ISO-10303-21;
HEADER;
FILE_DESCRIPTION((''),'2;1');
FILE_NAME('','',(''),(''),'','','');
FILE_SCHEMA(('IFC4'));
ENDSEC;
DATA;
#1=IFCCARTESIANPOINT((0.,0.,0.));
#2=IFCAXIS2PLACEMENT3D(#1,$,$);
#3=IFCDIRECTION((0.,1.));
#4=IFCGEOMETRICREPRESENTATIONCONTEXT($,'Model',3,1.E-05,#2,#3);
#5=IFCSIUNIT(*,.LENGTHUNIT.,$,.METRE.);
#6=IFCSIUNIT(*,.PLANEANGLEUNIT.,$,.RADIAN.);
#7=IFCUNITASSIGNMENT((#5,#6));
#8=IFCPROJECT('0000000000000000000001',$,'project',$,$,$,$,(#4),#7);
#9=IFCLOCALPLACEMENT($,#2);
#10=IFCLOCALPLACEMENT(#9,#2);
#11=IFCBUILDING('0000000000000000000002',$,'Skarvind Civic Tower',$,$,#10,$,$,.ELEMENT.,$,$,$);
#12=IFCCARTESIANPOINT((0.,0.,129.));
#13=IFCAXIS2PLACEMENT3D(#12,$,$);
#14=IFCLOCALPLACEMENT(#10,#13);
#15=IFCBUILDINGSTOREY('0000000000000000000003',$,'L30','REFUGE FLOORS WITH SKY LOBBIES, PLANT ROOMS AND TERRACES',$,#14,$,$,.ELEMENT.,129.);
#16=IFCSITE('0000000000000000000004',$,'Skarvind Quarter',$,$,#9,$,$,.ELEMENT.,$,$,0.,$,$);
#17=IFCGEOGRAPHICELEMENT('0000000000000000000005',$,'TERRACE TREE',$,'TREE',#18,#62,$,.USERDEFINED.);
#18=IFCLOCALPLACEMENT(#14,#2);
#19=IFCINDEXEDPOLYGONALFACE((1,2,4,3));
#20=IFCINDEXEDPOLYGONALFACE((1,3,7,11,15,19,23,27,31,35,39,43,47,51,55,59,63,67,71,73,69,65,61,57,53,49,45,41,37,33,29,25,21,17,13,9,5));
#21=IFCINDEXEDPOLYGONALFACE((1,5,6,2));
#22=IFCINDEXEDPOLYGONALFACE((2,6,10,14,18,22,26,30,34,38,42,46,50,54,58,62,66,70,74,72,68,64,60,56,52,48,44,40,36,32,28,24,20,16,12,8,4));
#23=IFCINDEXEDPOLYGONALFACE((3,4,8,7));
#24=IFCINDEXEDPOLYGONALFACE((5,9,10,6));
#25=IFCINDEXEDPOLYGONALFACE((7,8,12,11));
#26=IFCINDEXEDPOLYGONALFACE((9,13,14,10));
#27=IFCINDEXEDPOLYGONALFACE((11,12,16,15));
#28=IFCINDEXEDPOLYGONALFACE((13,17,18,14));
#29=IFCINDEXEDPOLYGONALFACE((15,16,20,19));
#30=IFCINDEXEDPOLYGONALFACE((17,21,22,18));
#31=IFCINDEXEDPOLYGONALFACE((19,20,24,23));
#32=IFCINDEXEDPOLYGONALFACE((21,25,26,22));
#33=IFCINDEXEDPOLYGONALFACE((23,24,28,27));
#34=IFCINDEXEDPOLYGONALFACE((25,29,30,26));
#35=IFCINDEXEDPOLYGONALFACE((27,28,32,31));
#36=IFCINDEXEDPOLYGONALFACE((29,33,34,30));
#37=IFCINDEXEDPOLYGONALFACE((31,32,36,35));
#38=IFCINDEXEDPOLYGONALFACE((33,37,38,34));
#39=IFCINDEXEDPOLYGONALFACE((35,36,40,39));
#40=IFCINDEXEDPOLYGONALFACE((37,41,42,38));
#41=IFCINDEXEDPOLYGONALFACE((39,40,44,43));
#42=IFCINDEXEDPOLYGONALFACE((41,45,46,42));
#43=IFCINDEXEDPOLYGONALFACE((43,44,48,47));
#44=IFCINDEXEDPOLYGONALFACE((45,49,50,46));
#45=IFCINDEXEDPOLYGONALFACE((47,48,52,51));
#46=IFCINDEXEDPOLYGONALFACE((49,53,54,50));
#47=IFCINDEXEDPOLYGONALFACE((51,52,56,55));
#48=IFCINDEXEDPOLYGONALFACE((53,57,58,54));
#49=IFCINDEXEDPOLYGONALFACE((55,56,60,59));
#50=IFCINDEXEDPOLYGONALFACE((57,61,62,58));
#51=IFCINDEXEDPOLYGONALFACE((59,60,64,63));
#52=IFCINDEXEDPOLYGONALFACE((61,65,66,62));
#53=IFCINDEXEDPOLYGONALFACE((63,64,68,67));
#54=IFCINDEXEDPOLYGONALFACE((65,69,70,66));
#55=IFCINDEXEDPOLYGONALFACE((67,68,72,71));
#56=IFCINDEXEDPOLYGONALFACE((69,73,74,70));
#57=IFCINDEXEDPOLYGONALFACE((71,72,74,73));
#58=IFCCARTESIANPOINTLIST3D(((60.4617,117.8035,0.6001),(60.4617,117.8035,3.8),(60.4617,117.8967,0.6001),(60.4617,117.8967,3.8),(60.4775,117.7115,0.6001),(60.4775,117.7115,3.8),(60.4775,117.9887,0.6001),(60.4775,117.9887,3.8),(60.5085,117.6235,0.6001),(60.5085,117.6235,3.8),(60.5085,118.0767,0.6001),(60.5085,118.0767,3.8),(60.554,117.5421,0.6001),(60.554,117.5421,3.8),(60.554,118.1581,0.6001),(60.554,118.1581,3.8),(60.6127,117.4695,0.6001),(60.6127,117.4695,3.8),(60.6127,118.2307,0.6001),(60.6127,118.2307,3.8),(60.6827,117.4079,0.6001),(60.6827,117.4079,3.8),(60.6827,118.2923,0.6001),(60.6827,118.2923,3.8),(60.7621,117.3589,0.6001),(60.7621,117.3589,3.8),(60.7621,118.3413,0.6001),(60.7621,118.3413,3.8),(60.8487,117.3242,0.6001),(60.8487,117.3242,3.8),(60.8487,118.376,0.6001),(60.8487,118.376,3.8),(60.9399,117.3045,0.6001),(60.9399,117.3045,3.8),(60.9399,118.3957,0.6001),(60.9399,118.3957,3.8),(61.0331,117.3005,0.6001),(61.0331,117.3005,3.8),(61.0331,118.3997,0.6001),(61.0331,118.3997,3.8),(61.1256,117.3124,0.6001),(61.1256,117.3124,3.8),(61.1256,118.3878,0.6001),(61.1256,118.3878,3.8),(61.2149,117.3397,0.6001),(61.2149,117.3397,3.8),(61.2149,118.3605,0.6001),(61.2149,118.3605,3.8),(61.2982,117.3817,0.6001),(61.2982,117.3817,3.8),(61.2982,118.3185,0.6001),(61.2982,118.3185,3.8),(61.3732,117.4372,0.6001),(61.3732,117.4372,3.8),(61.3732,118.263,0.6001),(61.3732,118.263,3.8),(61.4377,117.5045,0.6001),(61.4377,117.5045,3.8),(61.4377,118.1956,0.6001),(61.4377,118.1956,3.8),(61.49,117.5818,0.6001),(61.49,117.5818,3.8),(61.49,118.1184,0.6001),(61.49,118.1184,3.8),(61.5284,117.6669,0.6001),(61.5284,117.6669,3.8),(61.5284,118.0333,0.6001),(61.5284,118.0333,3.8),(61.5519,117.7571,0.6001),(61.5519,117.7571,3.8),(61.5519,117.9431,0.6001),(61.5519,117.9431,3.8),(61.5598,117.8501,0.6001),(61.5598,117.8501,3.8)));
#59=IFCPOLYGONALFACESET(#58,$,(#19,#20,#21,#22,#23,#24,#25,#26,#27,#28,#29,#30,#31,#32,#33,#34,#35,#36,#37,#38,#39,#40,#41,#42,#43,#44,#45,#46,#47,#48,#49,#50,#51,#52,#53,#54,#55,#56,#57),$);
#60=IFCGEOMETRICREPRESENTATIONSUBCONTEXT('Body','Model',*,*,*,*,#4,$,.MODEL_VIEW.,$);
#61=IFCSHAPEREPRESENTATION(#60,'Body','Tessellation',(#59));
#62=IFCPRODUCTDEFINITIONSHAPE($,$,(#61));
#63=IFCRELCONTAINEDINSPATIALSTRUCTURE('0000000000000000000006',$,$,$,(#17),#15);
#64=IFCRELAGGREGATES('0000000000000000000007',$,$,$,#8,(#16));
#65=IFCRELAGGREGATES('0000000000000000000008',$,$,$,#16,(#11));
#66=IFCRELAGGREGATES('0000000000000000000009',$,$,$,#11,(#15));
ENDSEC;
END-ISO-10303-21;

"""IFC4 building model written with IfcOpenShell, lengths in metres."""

from ifc_helpers import new_model, si_unit, direction, frame, origin, origin_2d, place, context, subcontext, project, spatial, circle, extrude, element, save


model = new_model("IFC4")

# Units and contexts
model_context = context("Model", 3, precision=1e-05, world=origin(), true_north=direction((0.0, 1.0)))
body_context = subcontext(model_context, "Body", "Model", "MODEL_VIEW")
ifc_project = project(units=[si_unit("LENGTHUNIT", "METRE"), si_unit("PLANEANGLEUNIT", "RADIAN")], contexts=[model_context])

# Site, building, storey
site_placement = place(None, origin())
site = spatial("IfcSite", under=ifc_project, at=site_placement, Name="Skarvind Quarter", CompositionType="ELEMENT", RefElevation=0.0)
building_placement = place(site_placement, origin())
building = spatial("IfcBuilding", under=site, at=building_placement, Name="Skarvind Civic Tower", CompositionType="ELEMENT")
storey_placement = place(building_placement, frame((0.0, 0.0, 129.0)))
storey = spatial("IfcBuildingStorey", under=building, at=storey_placement, Name="L30", Description="REFUGE FLOORS WITH SKY LOBBIES, PLANT ROOMS AND TERRACES", CompositionType="ELEMENT", Elevation=129.0)

# Geographic element
for number, where, z_axis, x_axis, name in (
    (1, (61.0098, 117.8501, 0.6001), (0.0, 0.0, 1.0), (1.0, 0.0, 0.0), "TERRACE TREE"),
):
    element("IfcGeographicElement", number, at=place(storey_placement, frame(where, z_axis=z_axis, x_axis=x_axis)), inside=storey, Name=name, ObjectType="TREE", PredefinedType="USERDEFINED", context=body_context, shape_type="SweptSolid", body=[
        extrude(circle(Radius=0.55, at=origin_2d()), origin(), (0.0, 0.0, 1.0), 3.2),
    ])

save(model, "model.ifc")
